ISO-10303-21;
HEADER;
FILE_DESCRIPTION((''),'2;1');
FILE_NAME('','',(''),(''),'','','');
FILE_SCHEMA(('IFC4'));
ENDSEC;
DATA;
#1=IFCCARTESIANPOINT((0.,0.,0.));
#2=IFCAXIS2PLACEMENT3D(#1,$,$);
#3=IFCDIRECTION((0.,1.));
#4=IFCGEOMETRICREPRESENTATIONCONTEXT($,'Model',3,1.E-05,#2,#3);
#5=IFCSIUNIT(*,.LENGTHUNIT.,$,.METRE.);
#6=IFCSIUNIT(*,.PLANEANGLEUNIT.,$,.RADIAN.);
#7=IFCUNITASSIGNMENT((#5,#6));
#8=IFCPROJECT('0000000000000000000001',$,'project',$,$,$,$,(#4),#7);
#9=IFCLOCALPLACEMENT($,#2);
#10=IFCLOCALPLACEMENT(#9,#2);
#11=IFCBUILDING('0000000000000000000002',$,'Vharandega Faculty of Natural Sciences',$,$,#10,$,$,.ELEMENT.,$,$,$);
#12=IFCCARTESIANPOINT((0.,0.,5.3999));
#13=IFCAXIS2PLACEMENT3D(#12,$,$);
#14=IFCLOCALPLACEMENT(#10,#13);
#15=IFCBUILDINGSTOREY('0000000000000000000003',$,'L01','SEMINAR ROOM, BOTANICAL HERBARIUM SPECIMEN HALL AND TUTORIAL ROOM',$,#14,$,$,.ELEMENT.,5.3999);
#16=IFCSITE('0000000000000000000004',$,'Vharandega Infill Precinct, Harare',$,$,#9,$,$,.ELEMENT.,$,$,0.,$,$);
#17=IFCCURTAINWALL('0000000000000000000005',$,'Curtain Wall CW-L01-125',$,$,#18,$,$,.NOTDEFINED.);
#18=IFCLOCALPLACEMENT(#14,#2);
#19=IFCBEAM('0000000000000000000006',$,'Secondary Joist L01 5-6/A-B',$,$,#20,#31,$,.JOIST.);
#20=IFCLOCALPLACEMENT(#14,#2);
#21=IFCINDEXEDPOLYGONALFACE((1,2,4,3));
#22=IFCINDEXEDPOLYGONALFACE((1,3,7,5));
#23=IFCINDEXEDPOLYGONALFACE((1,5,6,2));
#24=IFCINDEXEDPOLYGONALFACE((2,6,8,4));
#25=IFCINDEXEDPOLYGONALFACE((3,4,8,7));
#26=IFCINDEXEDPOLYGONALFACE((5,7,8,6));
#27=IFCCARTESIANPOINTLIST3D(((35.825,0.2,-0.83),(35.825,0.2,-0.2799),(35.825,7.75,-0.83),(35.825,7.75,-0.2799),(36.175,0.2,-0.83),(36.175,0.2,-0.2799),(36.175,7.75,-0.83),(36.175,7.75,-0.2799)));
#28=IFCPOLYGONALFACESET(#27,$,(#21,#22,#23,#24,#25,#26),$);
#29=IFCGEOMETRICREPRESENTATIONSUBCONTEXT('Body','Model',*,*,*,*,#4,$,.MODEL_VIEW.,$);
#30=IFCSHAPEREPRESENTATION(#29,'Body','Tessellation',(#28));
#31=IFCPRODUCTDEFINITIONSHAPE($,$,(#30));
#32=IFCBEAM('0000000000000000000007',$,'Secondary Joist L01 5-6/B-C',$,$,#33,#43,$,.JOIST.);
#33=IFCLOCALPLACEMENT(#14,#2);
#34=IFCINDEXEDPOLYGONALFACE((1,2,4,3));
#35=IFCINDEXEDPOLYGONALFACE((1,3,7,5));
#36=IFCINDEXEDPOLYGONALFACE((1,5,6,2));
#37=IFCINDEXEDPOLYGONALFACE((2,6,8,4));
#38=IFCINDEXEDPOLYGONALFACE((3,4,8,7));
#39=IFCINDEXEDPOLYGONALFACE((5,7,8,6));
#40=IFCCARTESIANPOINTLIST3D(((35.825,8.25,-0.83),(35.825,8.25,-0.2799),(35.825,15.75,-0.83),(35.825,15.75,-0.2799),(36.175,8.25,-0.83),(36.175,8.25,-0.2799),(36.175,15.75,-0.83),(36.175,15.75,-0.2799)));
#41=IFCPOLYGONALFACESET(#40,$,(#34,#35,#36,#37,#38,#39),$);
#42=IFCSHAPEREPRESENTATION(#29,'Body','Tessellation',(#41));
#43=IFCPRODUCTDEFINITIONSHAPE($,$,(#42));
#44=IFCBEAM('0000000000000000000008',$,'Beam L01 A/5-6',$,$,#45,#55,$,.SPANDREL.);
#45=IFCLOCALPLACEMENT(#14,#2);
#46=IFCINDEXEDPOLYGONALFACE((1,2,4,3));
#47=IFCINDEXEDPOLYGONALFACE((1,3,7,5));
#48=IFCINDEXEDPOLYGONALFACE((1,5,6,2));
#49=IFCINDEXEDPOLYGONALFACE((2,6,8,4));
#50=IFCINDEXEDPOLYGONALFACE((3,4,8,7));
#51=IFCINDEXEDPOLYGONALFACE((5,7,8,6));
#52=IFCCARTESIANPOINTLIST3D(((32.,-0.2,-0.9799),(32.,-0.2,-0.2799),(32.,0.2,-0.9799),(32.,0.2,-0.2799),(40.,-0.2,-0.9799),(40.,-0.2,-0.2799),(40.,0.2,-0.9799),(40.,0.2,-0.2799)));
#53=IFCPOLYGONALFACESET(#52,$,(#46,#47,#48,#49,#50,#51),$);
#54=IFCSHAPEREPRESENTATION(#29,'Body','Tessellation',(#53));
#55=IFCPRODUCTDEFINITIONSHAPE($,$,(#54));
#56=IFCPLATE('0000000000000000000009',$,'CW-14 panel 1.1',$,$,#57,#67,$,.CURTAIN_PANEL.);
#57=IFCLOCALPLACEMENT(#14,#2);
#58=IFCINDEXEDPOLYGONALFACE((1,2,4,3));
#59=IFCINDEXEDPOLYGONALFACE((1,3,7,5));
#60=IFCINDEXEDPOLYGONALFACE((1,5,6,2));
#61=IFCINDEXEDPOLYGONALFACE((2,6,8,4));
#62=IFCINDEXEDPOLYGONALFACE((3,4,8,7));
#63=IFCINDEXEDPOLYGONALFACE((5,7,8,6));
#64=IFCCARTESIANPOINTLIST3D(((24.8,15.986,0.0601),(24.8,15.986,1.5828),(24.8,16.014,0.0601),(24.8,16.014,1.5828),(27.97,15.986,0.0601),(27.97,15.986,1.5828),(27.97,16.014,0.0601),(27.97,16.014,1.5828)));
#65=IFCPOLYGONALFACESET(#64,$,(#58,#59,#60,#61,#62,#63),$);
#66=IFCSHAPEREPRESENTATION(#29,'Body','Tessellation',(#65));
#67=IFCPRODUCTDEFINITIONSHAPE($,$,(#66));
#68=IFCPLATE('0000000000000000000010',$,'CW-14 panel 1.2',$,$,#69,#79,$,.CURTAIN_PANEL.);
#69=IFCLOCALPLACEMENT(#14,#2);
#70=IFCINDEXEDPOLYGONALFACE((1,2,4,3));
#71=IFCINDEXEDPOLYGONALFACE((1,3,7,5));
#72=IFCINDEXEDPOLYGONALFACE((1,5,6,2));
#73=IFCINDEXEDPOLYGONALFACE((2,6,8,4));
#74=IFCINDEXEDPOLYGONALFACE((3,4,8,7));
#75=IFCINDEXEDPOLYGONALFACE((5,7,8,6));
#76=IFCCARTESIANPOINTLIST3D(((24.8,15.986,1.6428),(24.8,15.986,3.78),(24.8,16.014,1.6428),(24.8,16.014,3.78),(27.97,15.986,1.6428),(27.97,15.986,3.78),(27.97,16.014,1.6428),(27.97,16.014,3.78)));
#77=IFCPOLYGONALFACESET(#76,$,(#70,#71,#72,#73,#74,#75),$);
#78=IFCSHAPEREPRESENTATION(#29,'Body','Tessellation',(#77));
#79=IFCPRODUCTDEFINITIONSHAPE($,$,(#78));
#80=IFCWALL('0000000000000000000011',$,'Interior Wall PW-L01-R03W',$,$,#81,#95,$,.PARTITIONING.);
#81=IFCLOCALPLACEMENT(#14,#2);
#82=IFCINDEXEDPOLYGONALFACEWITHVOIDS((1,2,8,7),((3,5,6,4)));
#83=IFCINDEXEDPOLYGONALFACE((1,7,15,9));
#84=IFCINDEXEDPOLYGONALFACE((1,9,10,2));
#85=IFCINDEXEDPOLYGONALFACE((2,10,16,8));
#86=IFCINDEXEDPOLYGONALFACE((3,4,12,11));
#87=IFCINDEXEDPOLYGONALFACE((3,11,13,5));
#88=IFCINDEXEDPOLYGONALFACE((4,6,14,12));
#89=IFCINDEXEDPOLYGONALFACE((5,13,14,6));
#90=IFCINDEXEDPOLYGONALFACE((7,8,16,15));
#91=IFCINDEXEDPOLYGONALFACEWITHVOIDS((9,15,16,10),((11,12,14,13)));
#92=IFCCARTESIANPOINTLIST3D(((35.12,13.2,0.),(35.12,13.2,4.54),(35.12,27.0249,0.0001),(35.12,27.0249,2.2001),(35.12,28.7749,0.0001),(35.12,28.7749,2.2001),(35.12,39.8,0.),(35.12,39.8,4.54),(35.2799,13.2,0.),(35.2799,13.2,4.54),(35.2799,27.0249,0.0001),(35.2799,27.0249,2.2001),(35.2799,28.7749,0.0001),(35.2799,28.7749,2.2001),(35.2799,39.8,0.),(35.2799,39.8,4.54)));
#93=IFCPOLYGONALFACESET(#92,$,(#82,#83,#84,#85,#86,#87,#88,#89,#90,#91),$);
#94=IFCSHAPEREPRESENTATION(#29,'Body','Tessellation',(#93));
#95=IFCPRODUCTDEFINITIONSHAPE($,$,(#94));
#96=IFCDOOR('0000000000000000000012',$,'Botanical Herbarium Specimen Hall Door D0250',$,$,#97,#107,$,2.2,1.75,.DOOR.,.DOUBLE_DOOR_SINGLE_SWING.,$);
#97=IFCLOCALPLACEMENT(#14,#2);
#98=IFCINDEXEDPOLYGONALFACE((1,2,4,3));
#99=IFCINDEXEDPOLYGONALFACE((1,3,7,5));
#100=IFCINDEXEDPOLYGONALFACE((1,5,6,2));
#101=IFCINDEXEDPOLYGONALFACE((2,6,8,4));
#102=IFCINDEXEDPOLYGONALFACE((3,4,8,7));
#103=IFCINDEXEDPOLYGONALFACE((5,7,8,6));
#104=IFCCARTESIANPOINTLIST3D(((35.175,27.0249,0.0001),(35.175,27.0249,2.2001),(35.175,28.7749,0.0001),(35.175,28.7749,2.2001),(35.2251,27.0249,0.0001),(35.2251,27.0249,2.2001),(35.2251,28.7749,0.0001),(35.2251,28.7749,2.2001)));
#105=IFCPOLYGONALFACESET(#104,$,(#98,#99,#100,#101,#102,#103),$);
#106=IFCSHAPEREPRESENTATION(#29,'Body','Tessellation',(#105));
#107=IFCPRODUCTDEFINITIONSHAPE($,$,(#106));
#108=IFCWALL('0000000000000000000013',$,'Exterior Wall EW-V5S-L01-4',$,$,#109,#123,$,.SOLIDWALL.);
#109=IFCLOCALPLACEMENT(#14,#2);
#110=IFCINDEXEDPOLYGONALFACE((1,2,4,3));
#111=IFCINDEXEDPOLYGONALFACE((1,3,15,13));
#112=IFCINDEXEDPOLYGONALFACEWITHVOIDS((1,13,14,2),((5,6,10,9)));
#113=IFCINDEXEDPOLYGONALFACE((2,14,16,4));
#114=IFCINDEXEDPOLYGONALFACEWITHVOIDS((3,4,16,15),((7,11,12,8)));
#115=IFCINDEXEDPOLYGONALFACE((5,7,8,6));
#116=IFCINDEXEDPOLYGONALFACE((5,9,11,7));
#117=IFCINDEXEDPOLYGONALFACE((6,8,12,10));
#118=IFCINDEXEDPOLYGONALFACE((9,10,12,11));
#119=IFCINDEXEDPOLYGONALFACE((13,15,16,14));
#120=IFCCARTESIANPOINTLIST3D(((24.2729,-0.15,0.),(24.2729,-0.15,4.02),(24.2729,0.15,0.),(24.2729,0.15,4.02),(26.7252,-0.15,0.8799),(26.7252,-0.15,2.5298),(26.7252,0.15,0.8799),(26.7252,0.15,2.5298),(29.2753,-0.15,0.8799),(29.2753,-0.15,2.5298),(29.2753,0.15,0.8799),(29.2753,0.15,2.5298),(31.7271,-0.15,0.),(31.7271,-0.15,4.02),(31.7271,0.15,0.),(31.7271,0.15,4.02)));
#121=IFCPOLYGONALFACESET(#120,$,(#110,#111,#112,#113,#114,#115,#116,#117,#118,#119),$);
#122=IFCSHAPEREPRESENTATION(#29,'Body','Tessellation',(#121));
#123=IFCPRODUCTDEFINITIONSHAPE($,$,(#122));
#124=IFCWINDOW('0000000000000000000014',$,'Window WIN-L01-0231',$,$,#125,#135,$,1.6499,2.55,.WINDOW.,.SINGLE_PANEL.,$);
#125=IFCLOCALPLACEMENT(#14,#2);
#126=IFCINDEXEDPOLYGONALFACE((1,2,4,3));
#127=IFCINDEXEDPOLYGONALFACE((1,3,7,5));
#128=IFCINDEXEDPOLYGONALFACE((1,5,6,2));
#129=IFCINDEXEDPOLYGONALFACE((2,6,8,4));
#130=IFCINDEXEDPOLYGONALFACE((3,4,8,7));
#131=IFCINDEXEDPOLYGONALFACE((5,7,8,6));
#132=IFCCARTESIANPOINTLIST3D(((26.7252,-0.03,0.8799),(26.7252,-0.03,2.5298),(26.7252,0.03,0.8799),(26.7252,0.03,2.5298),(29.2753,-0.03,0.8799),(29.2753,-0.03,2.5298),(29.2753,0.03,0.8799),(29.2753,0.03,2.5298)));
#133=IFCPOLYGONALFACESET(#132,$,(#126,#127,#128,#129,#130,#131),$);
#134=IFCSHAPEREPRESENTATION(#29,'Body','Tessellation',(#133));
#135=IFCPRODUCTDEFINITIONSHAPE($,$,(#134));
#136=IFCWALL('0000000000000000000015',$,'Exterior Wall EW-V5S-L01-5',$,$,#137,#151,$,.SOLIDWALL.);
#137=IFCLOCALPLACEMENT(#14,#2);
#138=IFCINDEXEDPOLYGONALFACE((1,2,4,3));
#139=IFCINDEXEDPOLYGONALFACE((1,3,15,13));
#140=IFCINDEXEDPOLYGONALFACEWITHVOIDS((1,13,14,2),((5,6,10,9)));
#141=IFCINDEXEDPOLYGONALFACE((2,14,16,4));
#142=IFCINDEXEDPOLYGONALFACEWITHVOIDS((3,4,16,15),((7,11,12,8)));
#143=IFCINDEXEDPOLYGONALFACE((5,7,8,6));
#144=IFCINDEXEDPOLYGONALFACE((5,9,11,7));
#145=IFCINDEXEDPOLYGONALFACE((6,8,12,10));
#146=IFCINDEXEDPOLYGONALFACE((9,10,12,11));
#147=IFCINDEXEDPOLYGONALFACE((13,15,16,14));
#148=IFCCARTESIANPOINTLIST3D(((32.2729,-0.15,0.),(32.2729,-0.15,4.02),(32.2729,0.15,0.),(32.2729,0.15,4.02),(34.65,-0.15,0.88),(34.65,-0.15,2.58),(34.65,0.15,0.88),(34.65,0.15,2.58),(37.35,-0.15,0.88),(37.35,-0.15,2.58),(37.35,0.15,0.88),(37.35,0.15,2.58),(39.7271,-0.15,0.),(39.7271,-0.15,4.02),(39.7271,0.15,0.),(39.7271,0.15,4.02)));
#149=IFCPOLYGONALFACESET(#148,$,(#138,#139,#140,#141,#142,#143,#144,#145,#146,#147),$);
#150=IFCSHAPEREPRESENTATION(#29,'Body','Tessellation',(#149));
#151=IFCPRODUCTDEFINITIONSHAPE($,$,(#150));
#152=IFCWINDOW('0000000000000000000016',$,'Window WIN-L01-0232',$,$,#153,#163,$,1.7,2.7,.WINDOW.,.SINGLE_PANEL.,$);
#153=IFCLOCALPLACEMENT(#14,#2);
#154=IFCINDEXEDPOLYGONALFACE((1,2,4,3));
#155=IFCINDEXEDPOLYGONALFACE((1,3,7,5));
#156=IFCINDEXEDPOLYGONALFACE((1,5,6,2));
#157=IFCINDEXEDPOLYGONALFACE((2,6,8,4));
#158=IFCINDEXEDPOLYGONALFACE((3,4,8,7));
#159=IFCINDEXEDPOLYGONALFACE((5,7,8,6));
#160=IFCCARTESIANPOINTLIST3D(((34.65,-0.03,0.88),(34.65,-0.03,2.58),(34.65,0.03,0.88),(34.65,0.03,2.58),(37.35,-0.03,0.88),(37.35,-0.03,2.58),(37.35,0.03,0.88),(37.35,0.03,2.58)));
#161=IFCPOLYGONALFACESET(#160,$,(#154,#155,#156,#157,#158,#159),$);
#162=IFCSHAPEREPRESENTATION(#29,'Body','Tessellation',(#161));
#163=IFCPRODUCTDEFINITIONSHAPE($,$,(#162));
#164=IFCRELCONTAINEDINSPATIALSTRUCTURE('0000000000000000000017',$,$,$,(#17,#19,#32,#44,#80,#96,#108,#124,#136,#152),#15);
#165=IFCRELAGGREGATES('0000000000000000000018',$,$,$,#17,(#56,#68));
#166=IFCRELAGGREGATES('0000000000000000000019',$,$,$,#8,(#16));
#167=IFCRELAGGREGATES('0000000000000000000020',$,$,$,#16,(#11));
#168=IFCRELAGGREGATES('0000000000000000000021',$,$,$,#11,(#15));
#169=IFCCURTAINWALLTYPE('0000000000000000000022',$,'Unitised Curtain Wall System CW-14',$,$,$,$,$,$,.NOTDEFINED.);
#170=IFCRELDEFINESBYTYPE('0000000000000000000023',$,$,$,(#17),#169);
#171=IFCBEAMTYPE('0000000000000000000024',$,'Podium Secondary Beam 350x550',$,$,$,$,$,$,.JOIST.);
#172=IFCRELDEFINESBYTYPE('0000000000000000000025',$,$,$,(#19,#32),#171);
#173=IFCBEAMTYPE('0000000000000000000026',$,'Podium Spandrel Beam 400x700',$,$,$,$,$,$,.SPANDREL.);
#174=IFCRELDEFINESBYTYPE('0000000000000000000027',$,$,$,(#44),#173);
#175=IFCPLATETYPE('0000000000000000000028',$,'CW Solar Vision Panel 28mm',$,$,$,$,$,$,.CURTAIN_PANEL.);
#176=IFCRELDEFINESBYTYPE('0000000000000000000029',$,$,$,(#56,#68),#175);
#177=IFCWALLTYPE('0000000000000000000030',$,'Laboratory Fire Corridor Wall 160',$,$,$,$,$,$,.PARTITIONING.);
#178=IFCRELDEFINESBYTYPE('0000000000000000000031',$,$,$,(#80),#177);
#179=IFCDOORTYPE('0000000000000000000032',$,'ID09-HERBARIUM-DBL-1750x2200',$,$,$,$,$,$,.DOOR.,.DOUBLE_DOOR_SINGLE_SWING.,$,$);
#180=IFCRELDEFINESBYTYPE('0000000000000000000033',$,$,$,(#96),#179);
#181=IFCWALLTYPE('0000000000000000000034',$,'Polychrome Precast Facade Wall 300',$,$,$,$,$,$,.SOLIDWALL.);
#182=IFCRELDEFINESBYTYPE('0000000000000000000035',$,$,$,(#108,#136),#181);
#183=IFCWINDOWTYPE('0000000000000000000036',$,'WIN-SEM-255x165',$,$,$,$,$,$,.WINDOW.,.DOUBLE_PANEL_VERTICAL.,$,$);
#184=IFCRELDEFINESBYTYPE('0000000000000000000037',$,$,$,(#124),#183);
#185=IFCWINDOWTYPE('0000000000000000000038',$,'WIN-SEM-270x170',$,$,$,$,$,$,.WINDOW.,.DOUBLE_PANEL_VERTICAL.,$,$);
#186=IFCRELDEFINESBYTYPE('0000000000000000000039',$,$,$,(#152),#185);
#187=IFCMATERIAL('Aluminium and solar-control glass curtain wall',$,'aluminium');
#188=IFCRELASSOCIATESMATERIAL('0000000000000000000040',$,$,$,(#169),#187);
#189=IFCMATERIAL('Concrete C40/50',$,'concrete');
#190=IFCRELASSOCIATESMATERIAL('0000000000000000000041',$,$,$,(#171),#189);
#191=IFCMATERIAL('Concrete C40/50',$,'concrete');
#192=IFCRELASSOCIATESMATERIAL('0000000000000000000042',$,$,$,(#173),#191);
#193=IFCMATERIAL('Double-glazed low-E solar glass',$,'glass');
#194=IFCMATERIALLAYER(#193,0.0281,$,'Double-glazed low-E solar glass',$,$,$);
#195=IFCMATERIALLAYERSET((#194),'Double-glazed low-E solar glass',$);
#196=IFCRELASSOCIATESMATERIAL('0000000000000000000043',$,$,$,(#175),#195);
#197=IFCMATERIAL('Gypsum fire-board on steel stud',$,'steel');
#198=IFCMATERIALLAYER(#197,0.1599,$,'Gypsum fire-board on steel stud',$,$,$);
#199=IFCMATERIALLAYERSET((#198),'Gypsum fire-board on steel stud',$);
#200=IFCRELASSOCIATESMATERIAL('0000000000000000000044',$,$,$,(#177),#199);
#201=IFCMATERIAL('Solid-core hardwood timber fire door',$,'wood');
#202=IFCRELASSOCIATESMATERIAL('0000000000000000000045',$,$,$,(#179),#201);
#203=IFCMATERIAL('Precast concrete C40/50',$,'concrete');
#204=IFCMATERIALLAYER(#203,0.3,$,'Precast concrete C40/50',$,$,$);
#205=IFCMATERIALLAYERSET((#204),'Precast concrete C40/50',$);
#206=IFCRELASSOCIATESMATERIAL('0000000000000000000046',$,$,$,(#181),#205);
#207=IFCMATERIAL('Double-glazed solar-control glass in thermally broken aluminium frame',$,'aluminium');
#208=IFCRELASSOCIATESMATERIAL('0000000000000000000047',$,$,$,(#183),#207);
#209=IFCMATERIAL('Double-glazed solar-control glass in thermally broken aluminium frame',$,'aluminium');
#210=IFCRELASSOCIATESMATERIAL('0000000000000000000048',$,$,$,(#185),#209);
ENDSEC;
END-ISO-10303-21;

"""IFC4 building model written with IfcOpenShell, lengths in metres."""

from ifc_helpers import new_model, si_unit, direction, frame, frame_2d, origin, origin_2d, place, context, subcontext, project, spatial, rectangle, extrude, material, layer, layer_set, material_profile, profile_set, type_object, element, fill, aggregate, save


model = new_model("IFC4")

# Units and contexts
model_context = context("Model", 3, precision=1e-05, world=origin(), true_north=direction((0.0, 1.0)))
body_context = subcontext(model_context, "Body", "Model", "MODEL_VIEW")
ifc_project = project(units=[si_unit("LENGTHUNIT", "METRE"), si_unit("PLANEANGLEUNIT", "RADIAN")], contexts=[model_context])

# Site, building, storey
site_placement = place(None, origin())
site = spatial("IfcSite", under=ifc_project, at=site_placement, Name="Vharandega Infill Precinct, Harare", CompositionType="ELEMENT", RefElevation=0.0)
building_placement = place(site_placement, origin())
building = spatial("IfcBuilding", under=site, at=building_placement, Name="Vharandega Faculty of Natural Sciences", CompositionType="ELEMENT")
storey_placement = place(building_placement, frame((0.0, 0.0, 5.3999)))
storey = spatial("IfcBuildingStorey", under=building, at=storey_placement, Name="L01", Description="SEMINAR ROOM, BOTANICAL HERBARIUM SPECIMEN HALL AND TUTORIAL ROOM", CompositionType="ELEMENT", Elevation=5.3999)

# Curtain wall
ifc_material_1 = material(Name="Aluminium and solar-control glass curtain wall", Category="aluminium")
curtain_wall_type = type_object("IfcCurtainWallType", Name="Unitised Curtain Wall System CW-14", PredefinedType="NOTDEFINED", material=ifc_material_1)
curtain_wall_placement = place(storey_placement, origin())
curtain_wall = element("IfcCurtainWall", 1, at=curtain_wall_placement, inside=storey, type_object=curtain_wall_type, Name="Curtain Wall CW-L01-125", PredefinedType="NOTDEFINED")

# Beams
ifc_material_2 = material(Name="Concrete C40/50", Category="concrete")
ifc_material_profile_1 = material_profile(ifc_material_2, rectangle(XDim=0.3501, YDim=0.55, at=origin_2d()), Name="RC 350x550")
ifc_profile_set_1 = profile_set([ifc_material_profile_1], Name="Concrete C40/50")
beam_type_1 = type_object("IfcBeamType", Name="Podium Secondary Beam 350x550", PredefinedType="JOIST", material=ifc_profile_set_1)
beam_1_placement = place(storey_placement, frame((36.0, 0.2, -0.5549), z_axis=(0.0, 1.0, 0.0), x_axis=(-1.0, 0.0, 0.0)))
element("IfcBeam", 2, at=beam_1_placement, inside=storey, type_object=beam_type_1, Name="Secondary Joist L01 5-6/A-B", PredefinedType="JOIST", context=body_context, shape_type="SweptSolid", body=[
    extrude(rectangle(XDim=0.3501, YDim=0.55, at=origin_2d()), origin(), (0.0, 0.0, 1.0), 7.55),
])
beam_2_placement = place(storey_placement, frame((36.0, 8.25, -0.5549), z_axis=(0.0, 1.0, 0.0), x_axis=(-1.0, 0.0, 0.0)))
element("IfcBeam", 3, at=beam_2_placement, inside=storey, type_object=beam_type_1, Name="Secondary Joist L01 5-6/B-C", PredefinedType="JOIST", context=body_context, shape_type="SweptSolid", body=[
    extrude(rectangle(XDim=0.3501, YDim=0.55, at=origin_2d()), origin(), (0.0, 0.0, 1.0), 7.5),
])
ifc_material_3 = material(Name="Concrete C40/50", Category="concrete")
ifc_material_profile_2 = material_profile(ifc_material_3, rectangle(XDim=0.3999, YDim=0.7, at=origin_2d()), Name="RC 400x700")
ifc_profile_set_2 = profile_set([ifc_material_profile_2], Name="Concrete C40/50")
beam_type_2 = type_object("IfcBeamType", Name="Podium Spandrel Beam 400x700", PredefinedType="SPANDREL", material=ifc_profile_set_2)
beam_3_placement = place(storey_placement, frame((32.0, 0.0, -0.6299), z_axis=(1.0, 0.0, 0.0), x_axis=(0.0, 1.0, 0.0)))
element("IfcBeam", 4, at=beam_3_placement, inside=storey, type_object=beam_type_2, Name="Beam L01 A/5-6", PredefinedType="SPANDREL", context=body_context, shape_type="SweptSolid", body=[
    extrude(rectangle(XDim=0.3999, YDim=0.7, at=origin_2d()), origin(), (0.0, 0.0, 1.0), 8.0),
])

# Plates
ifc_material_4 = material(Name="Double-glazed low-E solar glass", Category="glass")
ifc_layer_1 = layer(ifc_material_4, 0.0281, Name="Double-glazed low-E solar glass")
ifc_layer_set_1 = layer_set([ifc_layer_1], Name="Double-glazed low-E solar glass")
plate_type = type_object("IfcPlateType", Name="CW Solar Vision Panel 28mm", PredefinedType="CURTAIN_PANEL", material=ifc_layer_set_1)
plate_1_placement = place(storey_placement, frame((26.385, 16.0, 0.0601), z_axis=(0.0, 0.0, 1.0), x_axis=(1.0, 0.0, 0.0)))
plate_1 = element("IfcPlate", 5, at=plate_1_placement, type_object=plate_type, Name="CW-14 panel 1.1", PredefinedType="CURTAIN_PANEL", context=body_context, shape_type="SweptSolid", body=[
    extrude(rectangle(XDim=3.1699, YDim=0.0281, at=origin_2d()), origin(), (0.0, 0.0, 1.0), 1.5227),
])
plate_2_placement = place(storey_placement, frame((26.385, 16.0, 1.6428), z_axis=(0.0, 0.0, 1.0), x_axis=(1.0, 0.0, 0.0)))
plate_2 = element("IfcPlate", 6, at=plate_2_placement, type_object=plate_type, Name="CW-14 panel 1.2", PredefinedType="CURTAIN_PANEL", context=body_context, shape_type="SweptSolid", body=[
    extrude(rectangle(XDim=3.1699, YDim=0.0281, at=origin_2d()), origin(), (0.0, 0.0, 1.0), 2.1372),
])
aggregate(curtain_wall, [plate_1, plate_2])

# Wall, opening, door
ifc_material_5 = material(Name="Gypsum fire-board on steel stud", Category="steel")
ifc_layer_2 = layer(ifc_material_5, 0.1599, Name="Gypsum fire-board on steel stud")
ifc_layer_set_2 = layer_set([ifc_layer_2], Name="Gypsum fire-board on steel stud")
wall_type_1 = type_object("IfcWallType", Name="Laboratory Fire Corridor Wall 160", PredefinedType="PARTITIONING", material=ifc_layer_set_2)
wall_1_placement = place(storey_placement, frame((35.2, 13.2, 0.0), z_axis=(0.0, 0.0, 1.0), x_axis=(0.0, 1.0, 0.0)))
wall_1 = element("IfcWall", 7, at=wall_1_placement, inside=storey, type_object=wall_type_1, Name="Interior Wall PW-L01-R03W", PredefinedType="PARTITIONING", context=body_context, shape_type="SweptSolid", body=[
    extrude(rectangle(XDim=26.6001, YDim=0.1599, at=frame_2d((13.3, 0.0))), origin(), (0.0, 0.0, 1.0), 4.54),
])
opening_1_placement = place(wall_1_placement, frame((13.825, 0.0, 0.0)))
opening_1 = element("IfcOpeningElement", 8, at=opening_1_placement, cuts=wall_1, PredefinedType="OPENING", context=body_context, shape_type="SweptSolid", body=[
    extrude(rectangle(XDim=1.75, YDim=2.2, at=frame_2d((0.875, 1.1001))), frame((0.0, 0.0898, 0.0), z_axis=(0.0, -1.0, 0.0), x_axis=(1.0, 0.0, 0.0)), (0.0, 0.0, 1.0), 0.1799),
])
ifc_material_6 = material(Name="Solid-core hardwood timber fire door", Category="wood")
door_type = type_object("IfcDoorType", Name="ID09-HERBARIUM-DBL-1750x2200", OperationType="DOUBLE_DOOR_SINGLE_SWING", PredefinedType="DOOR", material=ifc_material_6)
door_placement = place(opening_1_placement, origin())
door = element("IfcDoor", 9, at=door_placement, inside=storey, type_object=door_type, Name="Botanical Herbarium Specimen Hall Door D0250", OperationType="DOUBLE_DOOR_SINGLE_SWING", OverallHeight=2.2, OverallWidth=1.75, PredefinedType="DOOR", context=body_context, shape_type="SweptSolid", body=[
    extrude(rectangle(XDim=1.75, YDim=2.2, at=frame_2d((0.875, 1.1001))), frame((0.0, 0.0249, 0.0), z_axis=(0.0, -1.0, 0.0), x_axis=(1.0, 0.0, 0.0)), (0.0, 0.0, 1.0), 0.05),
])
fill(opening_1, door)

# Walls, openings, windows
ifc_material_7 = material(Name="Precast concrete C40/50", Category="concrete")
ifc_layer_3 = layer(ifc_material_7, 0.3, Name="Precast concrete C40/50")
ifc_layer_set_3 = layer_set([ifc_layer_3], Name="Precast concrete C40/50")
wall_type_2 = type_object("IfcWallType", Name="Polychrome Precast Facade Wall 300", PredefinedType="SOLIDWALL", material=ifc_layer_set_3)
wall_2_placement = place(storey_placement, frame((31.7271, 0.0, 0.0), z_axis=(0.0, 0.0, 1.0), x_axis=(-1.0, 0.0, 0.0)))
wall_2 = element("IfcWall", 10, at=wall_2_placement, inside=storey, type_object=wall_type_2, Name="Exterior Wall EW-V5S-L01-4", PredefinedType="SOLIDWALL", context=body_context, shape_type="SweptSolid", body=[
    extrude(rectangle(XDim=7.4541, YDim=0.3, at=frame_2d((3.7271, 0.0))), origin(), (0.0, 0.0, 1.0), 4.02),
])
opening_2_placement = place(wall_2_placement, frame((2.4519, 0.0, 0.8799)))
opening_2 = element("IfcOpeningElement", 11, at=opening_2_placement, cuts=wall_2, PredefinedType="OPENING", context=body_context, shape_type="SweptSolid", body=[
    extrude(rectangle(XDim=2.55, YDim=1.6499, at=frame_2d((1.2749, 0.825))), frame((0.0, 0.1602, 0.0), z_axis=(0.0, -1.0, 0.0), x_axis=(1.0, 0.0, 0.0)), (0.0, 0.0, 1.0), 0.3201),
])
ifc_material_8 = material(Name="Double-glazed solar-control glass in thermally broken aluminium frame", Category="aluminium")
window_type_1 = type_object("IfcWindowType", Name="WIN-SEM-255x165", PartitioningType="DOUBLE_PANEL_VERTICAL", PredefinedType="WINDOW", material=ifc_material_8)
window_1_placement = place(opening_2_placement, origin())
window_1 = element("IfcWindow", 12, at=window_1_placement, inside=storey, type_object=window_type_1, Name="Window WIN-L01-0231", OverallHeight=1.6499, OverallWidth=2.55, PartitioningType="SINGLE_PANEL", PredefinedType="WINDOW", context=body_context, shape_type="SweptSolid", body=[
    extrude(rectangle(XDim=2.55, YDim=1.6499, at=frame_2d((1.2749, 0.825))), frame((0.0, 0.03, 0.0), z_axis=(0.0, -1.0, 0.0), x_axis=(1.0, 0.0, 0.0)), (0.0, 0.0, 1.0), 0.0601),
])
fill(opening_2, window_1)
wall_3_placement = place(storey_placement, frame((39.7271, 0.0, 0.0), z_axis=(0.0, 0.0, 1.0), x_axis=(-1.0, 0.0, 0.0)))
wall_3 = element("IfcWall", 13, at=wall_3_placement, inside=storey, type_object=wall_type_2, Name="Exterior Wall EW-V5S-L01-5", PredefinedType="SOLIDWALL", context=body_context, shape_type="SweptSolid", body=[
    extrude(rectangle(XDim=7.4541, YDim=0.3, at=frame_2d((3.7271, 0.0))), origin(), (0.0, 0.0, 1.0), 4.02),
])
opening_3_placement = place(wall_3_placement, frame((2.377, 0.0, 0.8799)))
opening_3 = element("IfcOpeningElement", 14, at=opening_3_placement, cuts=wall_3, PredefinedType="OPENING", context=body_context, shape_type="SweptSolid", body=[
    extrude(rectangle(XDim=2.7, YDim=1.7, at=frame_2d((1.3501, 0.8501))), frame((0.0, 0.1602, 0.0), z_axis=(0.0, -1.0, 0.0), x_axis=(1.0, 0.0, 0.0)), (0.0, 0.0, 1.0), 0.3201),
])
ifc_material_9 = material(Name="Double-glazed solar-control glass in thermally broken aluminium frame", Category="aluminium")
window_type_2 = type_object("IfcWindowType", Name="WIN-SEM-270x170", PartitioningType="DOUBLE_PANEL_VERTICAL", PredefinedType="WINDOW", material=ifc_material_9)
window_2_placement = place(opening_3_placement, origin())
window_2 = element("IfcWindow", 15, at=window_2_placement, inside=storey, type_object=window_type_2, Name="Window WIN-L01-0232", OverallHeight=1.7, OverallWidth=2.7, PartitioningType="SINGLE_PANEL", PredefinedType="WINDOW", context=body_context, shape_type="SweptSolid", body=[
    extrude(rectangle(XDim=2.7, YDim=1.7, at=frame_2d((1.3501, 0.8501))), frame((0.0, 0.03, 0.0), z_axis=(0.0, -1.0, 0.0), x_axis=(1.0, 0.0, 0.0)), (0.0, 0.0, 1.0), 0.0601),
])
fill(opening_3, window_2)

save(model, "model.ifc")
